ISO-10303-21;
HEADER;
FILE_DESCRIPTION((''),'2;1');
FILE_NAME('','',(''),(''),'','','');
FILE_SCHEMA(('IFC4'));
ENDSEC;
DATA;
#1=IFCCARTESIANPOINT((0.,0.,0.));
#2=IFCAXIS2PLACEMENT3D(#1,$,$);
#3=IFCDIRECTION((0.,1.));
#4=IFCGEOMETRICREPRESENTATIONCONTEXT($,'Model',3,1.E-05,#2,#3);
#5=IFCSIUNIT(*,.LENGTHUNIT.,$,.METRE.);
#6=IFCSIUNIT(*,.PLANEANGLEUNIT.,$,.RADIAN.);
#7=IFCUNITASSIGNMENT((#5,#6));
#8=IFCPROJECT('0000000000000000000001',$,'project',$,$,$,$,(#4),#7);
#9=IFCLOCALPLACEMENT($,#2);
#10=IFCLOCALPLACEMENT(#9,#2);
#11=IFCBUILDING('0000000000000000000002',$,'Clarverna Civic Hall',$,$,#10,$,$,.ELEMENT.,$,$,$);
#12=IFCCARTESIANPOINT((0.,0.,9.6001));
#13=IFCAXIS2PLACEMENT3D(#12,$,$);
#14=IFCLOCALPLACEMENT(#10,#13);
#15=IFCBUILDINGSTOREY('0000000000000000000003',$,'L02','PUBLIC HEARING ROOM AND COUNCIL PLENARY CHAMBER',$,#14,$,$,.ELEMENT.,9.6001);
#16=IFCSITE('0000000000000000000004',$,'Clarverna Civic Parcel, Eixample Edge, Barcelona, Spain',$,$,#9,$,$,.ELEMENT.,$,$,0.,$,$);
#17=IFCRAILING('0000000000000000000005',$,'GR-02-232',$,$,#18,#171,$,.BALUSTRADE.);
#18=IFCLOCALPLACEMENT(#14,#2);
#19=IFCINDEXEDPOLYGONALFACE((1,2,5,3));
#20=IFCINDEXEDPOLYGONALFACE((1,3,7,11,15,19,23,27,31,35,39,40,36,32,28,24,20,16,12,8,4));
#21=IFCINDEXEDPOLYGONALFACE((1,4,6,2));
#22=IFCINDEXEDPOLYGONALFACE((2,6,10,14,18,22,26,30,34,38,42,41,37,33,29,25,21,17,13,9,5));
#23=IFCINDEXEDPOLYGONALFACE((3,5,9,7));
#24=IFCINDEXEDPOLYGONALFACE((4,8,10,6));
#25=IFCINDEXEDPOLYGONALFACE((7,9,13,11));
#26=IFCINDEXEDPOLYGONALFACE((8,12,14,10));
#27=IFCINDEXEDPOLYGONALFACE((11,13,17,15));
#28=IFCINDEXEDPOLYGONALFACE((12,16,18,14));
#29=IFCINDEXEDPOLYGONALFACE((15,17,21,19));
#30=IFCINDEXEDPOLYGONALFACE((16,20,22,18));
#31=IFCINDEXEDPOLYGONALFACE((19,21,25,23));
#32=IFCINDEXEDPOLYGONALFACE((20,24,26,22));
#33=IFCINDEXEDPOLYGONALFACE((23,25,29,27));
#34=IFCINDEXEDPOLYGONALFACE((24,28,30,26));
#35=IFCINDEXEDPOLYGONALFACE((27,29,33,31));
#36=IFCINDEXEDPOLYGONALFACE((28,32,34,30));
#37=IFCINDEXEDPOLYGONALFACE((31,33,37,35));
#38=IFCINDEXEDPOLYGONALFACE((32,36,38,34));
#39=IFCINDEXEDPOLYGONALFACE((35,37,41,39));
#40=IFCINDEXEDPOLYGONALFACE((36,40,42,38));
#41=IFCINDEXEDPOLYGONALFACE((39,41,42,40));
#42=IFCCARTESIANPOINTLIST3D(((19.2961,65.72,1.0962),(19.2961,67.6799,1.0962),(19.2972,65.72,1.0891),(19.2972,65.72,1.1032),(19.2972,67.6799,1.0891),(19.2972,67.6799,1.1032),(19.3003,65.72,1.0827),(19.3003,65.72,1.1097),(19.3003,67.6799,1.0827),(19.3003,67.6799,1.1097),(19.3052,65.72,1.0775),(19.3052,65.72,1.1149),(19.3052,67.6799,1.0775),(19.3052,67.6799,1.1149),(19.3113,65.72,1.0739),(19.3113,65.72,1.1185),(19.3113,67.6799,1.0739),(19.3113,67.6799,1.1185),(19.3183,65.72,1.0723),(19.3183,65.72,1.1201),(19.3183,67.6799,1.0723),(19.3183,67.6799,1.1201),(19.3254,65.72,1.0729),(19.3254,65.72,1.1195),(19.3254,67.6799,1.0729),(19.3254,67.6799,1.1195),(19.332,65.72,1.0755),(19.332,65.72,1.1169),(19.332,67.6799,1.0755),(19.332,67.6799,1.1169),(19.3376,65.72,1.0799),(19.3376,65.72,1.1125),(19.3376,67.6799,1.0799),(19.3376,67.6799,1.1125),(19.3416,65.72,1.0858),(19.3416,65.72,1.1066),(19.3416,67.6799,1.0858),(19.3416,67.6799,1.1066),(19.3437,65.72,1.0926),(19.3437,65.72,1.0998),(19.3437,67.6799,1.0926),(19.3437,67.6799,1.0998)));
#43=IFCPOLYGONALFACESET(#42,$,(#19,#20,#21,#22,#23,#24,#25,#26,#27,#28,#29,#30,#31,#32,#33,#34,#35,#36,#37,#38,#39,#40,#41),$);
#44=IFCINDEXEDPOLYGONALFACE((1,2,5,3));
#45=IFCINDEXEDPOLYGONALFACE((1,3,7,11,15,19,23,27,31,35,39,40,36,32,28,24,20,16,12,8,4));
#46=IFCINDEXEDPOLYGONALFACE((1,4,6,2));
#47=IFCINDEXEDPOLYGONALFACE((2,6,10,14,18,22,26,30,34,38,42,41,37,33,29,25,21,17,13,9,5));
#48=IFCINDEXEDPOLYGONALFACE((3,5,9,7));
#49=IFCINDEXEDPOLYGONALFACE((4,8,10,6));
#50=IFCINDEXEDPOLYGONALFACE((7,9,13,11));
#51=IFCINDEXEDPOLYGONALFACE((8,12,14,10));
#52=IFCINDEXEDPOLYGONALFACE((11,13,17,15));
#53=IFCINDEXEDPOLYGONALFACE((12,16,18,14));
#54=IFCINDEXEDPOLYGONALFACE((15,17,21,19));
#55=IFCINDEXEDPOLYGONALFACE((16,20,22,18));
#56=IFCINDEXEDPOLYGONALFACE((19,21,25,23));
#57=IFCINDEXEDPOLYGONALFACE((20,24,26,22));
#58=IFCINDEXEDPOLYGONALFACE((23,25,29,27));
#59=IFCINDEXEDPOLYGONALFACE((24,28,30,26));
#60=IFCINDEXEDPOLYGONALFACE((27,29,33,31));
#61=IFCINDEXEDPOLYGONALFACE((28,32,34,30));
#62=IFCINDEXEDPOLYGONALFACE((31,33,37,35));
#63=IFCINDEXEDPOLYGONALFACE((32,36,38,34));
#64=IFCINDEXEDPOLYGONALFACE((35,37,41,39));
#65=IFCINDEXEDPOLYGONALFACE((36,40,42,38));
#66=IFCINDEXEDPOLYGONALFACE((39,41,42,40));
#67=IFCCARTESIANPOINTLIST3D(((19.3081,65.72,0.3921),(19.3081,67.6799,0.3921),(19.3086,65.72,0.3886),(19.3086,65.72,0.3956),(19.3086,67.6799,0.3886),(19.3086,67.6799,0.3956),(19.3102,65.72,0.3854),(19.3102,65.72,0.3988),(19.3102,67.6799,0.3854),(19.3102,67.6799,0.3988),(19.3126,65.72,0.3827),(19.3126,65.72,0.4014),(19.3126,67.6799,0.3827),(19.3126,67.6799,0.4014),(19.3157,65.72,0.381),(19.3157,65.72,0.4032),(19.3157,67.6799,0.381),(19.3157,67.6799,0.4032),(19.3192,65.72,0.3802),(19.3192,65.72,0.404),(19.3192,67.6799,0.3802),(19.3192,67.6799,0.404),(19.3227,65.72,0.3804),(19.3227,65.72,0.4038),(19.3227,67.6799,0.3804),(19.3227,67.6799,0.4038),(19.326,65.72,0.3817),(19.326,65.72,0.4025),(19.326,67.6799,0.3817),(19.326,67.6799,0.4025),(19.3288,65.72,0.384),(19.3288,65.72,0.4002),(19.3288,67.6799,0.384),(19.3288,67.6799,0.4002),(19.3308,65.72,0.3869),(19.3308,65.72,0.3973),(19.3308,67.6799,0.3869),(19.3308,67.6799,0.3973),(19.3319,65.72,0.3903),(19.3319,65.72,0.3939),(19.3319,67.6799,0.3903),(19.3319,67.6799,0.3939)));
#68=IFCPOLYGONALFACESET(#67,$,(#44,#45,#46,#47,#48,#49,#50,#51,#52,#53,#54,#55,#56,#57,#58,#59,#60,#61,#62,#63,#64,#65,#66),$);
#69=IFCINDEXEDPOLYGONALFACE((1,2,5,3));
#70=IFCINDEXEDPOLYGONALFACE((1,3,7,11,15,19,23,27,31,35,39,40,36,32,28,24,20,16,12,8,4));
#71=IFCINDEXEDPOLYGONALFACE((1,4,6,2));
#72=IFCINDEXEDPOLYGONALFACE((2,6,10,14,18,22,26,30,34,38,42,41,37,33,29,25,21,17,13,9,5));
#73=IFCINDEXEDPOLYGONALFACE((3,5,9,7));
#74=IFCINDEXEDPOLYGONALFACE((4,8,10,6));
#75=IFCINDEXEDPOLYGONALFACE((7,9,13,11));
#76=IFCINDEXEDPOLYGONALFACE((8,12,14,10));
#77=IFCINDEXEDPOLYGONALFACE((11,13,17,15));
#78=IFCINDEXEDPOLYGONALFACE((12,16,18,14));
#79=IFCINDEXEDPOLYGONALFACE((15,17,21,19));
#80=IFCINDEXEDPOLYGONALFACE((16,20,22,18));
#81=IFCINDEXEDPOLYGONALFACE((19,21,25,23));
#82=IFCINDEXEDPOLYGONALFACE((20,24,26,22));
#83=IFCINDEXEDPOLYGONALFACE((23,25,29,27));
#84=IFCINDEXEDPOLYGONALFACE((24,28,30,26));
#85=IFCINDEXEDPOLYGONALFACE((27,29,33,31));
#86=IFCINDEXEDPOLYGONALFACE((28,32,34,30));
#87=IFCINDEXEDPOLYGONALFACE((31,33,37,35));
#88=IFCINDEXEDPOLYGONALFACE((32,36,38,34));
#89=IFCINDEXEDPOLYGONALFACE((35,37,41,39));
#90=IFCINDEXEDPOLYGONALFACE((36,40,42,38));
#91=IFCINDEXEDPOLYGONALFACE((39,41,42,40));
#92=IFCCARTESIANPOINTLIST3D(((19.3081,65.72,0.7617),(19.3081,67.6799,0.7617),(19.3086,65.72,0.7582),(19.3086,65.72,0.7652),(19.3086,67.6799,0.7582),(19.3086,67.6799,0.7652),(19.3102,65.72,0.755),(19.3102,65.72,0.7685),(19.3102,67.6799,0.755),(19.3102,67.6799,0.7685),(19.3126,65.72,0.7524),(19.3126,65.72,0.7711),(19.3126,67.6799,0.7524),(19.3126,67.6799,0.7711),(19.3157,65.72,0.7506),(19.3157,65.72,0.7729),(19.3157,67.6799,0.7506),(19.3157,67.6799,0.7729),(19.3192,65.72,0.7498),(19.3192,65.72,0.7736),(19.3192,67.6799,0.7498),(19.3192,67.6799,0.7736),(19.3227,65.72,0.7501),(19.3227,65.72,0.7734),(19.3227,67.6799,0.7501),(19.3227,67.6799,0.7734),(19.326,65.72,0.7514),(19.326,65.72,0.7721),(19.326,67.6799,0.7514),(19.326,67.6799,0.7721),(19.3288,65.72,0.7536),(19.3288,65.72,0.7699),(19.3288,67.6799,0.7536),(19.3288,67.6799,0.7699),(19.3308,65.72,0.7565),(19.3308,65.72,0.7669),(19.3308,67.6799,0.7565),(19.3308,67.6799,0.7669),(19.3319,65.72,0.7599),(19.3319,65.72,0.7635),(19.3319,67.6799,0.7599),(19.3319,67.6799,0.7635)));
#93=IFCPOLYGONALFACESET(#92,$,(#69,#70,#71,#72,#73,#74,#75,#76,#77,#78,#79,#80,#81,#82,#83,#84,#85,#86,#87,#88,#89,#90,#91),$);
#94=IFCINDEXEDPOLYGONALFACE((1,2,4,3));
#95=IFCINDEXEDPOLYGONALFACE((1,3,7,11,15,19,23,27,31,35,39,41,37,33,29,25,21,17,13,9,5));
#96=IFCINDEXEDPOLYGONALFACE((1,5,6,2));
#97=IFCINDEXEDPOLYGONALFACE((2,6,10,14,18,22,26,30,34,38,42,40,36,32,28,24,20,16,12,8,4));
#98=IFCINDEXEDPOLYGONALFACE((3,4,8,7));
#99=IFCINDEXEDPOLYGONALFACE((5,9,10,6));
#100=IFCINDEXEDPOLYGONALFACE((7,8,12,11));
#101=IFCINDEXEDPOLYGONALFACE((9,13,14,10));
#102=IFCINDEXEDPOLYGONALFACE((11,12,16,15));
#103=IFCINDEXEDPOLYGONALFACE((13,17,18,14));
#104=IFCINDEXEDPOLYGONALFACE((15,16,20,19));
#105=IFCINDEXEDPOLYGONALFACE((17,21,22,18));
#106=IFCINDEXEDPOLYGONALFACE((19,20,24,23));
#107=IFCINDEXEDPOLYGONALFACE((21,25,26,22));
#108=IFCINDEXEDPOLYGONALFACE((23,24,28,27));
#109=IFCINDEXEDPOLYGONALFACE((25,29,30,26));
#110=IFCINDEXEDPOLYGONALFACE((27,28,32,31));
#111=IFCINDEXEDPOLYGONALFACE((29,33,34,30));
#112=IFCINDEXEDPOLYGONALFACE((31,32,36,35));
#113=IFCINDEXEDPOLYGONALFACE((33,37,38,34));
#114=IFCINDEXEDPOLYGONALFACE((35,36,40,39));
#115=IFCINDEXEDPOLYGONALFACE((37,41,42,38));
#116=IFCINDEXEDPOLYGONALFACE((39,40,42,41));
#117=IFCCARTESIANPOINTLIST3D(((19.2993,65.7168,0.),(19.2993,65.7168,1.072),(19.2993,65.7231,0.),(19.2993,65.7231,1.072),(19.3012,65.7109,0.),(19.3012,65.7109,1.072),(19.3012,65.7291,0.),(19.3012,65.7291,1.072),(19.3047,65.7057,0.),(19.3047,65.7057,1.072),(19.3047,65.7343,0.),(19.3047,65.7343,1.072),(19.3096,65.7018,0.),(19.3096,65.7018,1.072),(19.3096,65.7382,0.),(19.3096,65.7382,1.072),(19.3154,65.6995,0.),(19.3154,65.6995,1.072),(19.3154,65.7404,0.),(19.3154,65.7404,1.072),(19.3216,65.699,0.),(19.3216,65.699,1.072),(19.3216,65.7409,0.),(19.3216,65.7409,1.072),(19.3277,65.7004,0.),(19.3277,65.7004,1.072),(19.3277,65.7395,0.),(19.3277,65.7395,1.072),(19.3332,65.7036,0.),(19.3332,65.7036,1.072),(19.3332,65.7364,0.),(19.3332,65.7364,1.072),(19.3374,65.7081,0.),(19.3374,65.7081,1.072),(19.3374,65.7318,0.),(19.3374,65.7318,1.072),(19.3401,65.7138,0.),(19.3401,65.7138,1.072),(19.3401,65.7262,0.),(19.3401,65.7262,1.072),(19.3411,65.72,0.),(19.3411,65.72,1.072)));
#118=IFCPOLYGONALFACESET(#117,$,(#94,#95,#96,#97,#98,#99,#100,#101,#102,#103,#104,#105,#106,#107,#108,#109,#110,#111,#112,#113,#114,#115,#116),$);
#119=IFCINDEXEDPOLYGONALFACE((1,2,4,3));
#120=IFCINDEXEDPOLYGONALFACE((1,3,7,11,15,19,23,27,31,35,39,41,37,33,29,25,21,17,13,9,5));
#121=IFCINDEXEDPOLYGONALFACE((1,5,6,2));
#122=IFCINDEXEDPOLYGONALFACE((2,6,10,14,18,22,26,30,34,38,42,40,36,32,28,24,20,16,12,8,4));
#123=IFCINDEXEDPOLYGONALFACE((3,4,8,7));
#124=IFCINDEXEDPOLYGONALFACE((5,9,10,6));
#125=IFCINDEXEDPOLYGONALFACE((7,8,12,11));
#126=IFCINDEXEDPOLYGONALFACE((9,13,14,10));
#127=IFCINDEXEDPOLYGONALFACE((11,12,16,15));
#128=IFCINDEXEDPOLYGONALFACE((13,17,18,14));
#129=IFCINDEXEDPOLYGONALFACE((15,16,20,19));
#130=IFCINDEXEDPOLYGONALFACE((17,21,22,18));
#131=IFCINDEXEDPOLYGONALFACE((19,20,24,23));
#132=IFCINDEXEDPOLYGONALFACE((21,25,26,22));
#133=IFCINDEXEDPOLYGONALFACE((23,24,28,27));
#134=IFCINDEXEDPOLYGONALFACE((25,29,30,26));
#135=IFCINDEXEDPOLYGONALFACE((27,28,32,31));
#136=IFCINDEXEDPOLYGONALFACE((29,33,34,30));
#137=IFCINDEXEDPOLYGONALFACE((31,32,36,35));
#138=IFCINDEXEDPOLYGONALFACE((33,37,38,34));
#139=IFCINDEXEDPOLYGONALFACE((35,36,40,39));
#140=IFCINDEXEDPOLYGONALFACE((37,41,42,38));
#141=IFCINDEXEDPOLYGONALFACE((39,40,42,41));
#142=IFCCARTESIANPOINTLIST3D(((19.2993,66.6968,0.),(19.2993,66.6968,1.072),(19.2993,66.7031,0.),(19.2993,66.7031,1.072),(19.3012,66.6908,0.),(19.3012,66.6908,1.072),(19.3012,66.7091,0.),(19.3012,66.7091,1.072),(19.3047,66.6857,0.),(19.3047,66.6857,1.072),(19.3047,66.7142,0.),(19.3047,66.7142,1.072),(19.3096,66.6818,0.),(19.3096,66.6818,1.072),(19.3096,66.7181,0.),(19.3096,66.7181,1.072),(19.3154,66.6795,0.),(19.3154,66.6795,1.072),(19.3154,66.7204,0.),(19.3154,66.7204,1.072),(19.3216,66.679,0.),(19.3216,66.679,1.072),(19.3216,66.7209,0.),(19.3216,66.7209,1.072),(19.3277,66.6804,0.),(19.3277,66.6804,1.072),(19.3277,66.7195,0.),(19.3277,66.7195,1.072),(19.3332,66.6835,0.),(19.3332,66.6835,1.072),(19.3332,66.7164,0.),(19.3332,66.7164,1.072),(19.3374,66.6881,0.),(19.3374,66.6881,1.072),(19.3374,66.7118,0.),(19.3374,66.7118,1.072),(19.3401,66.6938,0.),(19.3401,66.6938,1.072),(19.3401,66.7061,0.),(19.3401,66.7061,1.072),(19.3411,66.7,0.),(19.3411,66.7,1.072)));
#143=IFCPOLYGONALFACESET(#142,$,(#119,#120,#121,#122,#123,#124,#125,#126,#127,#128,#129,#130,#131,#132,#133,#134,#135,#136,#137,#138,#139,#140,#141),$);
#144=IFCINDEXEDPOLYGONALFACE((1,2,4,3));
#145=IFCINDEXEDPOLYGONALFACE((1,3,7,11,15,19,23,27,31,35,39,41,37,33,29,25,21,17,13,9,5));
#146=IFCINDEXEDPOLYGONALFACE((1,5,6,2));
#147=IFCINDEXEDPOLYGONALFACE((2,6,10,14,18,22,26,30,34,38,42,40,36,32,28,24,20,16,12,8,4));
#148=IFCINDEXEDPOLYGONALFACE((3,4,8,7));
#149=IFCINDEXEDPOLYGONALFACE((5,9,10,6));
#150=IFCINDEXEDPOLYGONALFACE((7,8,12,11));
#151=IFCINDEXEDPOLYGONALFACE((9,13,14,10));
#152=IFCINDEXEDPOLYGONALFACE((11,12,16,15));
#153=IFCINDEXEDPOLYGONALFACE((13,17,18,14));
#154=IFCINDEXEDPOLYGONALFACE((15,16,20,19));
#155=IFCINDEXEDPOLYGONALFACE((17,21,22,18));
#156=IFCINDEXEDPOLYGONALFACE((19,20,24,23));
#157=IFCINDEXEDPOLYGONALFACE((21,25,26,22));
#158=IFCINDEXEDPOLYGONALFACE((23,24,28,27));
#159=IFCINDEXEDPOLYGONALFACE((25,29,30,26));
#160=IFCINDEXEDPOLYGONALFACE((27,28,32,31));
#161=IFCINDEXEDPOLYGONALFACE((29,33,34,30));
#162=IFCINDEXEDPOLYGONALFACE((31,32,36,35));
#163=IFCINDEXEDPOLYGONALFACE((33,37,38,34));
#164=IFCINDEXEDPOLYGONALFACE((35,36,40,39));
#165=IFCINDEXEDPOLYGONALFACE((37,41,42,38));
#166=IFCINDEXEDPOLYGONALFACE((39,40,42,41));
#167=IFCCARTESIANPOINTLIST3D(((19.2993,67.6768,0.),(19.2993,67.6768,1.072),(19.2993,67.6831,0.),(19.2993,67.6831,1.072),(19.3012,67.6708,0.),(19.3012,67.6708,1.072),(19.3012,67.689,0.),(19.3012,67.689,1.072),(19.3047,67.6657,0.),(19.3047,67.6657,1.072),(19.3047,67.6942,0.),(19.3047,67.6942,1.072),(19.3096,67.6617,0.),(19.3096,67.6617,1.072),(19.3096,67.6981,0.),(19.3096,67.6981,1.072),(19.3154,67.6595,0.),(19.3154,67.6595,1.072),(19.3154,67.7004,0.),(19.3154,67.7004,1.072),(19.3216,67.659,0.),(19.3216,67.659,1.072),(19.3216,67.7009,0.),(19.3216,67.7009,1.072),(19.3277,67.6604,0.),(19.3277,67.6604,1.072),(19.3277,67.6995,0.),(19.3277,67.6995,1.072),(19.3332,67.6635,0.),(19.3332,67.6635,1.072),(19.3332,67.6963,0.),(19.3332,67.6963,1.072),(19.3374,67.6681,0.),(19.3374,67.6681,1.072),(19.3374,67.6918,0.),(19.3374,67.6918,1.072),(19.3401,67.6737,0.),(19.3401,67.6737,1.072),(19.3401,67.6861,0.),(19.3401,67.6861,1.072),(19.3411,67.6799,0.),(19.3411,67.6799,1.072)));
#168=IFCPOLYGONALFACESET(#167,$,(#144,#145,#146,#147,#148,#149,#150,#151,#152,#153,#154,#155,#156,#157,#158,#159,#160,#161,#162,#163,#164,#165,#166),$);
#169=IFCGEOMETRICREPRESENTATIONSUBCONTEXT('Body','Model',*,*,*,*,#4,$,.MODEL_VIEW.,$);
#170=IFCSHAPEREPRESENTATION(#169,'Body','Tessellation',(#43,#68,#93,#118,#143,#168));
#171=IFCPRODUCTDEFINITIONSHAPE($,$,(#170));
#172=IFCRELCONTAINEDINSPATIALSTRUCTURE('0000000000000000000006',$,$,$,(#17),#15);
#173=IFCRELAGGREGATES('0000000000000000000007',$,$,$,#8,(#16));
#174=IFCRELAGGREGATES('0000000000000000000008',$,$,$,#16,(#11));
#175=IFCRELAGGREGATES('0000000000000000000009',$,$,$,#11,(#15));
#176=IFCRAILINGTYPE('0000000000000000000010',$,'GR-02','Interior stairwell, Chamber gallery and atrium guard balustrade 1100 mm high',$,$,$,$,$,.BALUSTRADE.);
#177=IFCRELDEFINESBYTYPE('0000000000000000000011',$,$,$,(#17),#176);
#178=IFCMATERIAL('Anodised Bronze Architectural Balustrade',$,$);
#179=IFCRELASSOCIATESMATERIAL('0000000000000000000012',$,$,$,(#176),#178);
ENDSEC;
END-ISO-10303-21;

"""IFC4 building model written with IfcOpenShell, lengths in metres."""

from ifc_helpers import new_model, si_unit, direction, frame, origin, origin_2d, place, context, subcontext, project, spatial, circle, extrude, material, type_object, element, save


model = new_model("IFC4")

# Units and contexts
model_context = context("Model", 3, precision=1e-05, world=origin(), true_north=direction((0.0, 1.0)))
body_context = subcontext(model_context, "Body", "Model", "MODEL_VIEW")
ifc_project = project(units=[si_unit("LENGTHUNIT", "METRE"), si_unit("PLANEANGLEUNIT", "RADIAN")], contexts=[model_context])

# Site, building, storey
site_placement = place(None, origin())
site = spatial("IfcSite", under=ifc_project, at=site_placement, Name="Clarverna Civic Parcel, Eixample Edge, Barcelona, Spain", CompositionType="ELEMENT", RefElevation=0.0)
building_placement = place(site_placement, origin())
building = spatial("IfcBuilding", under=site, at=building_placement, Name="Clarverna Civic Hall", CompositionType="ELEMENT")
storey_placement = place(building_placement, frame((0.0, 0.0, 9.6001)))
storey = spatial("IfcBuildingStorey", under=building, at=storey_placement, Name="L02", Description="PUBLIC HEARING ROOM AND COUNCIL PLENARY CHAMBER", CompositionType="ELEMENT", Elevation=9.6001)

# Railing
ifc_material_1 = material(Name="Anodised Bronze Architectural Balustrade")
railing_type = type_object("IfcRailingType", Name="GR-02", Description="Interior stairwell, Chamber gallery and atrium guard balustrade 1100 mm high", PredefinedType="BALUSTRADE", material=ifc_material_1)
railing_1_placement = place(storey_placement, frame((19.3201, 65.72, 0.0)))
element("IfcRailing", 1, at=railing_1_placement, inside=storey, type_object=railing_type, Name="GR-02-232", PredefinedType="BALUSTRADE", context=body_context, shape_type="SweptSolid", body=[
    extrude(circle(Radius=0.0239, at=origin_2d()), frame((0.0, 0.0, 1.0962), z_axis=(0.0, 1.0, 0.0), x_axis=(-1.0, 0.0, 0.0)), (0.0, 0.0, 1.0), 1.96),
    extrude(circle(Radius=0.012, at=origin_2d()), frame((0.0, 0.0, 0.3921), z_axis=(0.0, 1.0, 0.0), x_axis=(-1.0, 0.0, 0.0)), (0.0, 0.0, 1.0), 1.96),
    extrude(circle(Radius=0.012, at=origin_2d()), frame((0.0, 0.0, 0.7617), z_axis=(0.0, 1.0, 0.0), x_axis=(-1.0, 0.0, 0.0)), (0.0, 0.0, 1.0), 1.96),
    extrude(circle(Radius=0.021, at=origin_2d()), origin(), (0.0, 0.0, 1.0), 1.072),
    extrude(circle(Radius=0.021, at=origin_2d()), frame((0.0, 0.98, 0.0)), (0.0, 0.0, 1.0), 1.072),
    extrude(circle(Radius=0.021, at=origin_2d()), frame((0.0, 1.96, 0.0)), (0.0, 0.0, 1.0), 1.072),
])

save(model, "model.ifc")
